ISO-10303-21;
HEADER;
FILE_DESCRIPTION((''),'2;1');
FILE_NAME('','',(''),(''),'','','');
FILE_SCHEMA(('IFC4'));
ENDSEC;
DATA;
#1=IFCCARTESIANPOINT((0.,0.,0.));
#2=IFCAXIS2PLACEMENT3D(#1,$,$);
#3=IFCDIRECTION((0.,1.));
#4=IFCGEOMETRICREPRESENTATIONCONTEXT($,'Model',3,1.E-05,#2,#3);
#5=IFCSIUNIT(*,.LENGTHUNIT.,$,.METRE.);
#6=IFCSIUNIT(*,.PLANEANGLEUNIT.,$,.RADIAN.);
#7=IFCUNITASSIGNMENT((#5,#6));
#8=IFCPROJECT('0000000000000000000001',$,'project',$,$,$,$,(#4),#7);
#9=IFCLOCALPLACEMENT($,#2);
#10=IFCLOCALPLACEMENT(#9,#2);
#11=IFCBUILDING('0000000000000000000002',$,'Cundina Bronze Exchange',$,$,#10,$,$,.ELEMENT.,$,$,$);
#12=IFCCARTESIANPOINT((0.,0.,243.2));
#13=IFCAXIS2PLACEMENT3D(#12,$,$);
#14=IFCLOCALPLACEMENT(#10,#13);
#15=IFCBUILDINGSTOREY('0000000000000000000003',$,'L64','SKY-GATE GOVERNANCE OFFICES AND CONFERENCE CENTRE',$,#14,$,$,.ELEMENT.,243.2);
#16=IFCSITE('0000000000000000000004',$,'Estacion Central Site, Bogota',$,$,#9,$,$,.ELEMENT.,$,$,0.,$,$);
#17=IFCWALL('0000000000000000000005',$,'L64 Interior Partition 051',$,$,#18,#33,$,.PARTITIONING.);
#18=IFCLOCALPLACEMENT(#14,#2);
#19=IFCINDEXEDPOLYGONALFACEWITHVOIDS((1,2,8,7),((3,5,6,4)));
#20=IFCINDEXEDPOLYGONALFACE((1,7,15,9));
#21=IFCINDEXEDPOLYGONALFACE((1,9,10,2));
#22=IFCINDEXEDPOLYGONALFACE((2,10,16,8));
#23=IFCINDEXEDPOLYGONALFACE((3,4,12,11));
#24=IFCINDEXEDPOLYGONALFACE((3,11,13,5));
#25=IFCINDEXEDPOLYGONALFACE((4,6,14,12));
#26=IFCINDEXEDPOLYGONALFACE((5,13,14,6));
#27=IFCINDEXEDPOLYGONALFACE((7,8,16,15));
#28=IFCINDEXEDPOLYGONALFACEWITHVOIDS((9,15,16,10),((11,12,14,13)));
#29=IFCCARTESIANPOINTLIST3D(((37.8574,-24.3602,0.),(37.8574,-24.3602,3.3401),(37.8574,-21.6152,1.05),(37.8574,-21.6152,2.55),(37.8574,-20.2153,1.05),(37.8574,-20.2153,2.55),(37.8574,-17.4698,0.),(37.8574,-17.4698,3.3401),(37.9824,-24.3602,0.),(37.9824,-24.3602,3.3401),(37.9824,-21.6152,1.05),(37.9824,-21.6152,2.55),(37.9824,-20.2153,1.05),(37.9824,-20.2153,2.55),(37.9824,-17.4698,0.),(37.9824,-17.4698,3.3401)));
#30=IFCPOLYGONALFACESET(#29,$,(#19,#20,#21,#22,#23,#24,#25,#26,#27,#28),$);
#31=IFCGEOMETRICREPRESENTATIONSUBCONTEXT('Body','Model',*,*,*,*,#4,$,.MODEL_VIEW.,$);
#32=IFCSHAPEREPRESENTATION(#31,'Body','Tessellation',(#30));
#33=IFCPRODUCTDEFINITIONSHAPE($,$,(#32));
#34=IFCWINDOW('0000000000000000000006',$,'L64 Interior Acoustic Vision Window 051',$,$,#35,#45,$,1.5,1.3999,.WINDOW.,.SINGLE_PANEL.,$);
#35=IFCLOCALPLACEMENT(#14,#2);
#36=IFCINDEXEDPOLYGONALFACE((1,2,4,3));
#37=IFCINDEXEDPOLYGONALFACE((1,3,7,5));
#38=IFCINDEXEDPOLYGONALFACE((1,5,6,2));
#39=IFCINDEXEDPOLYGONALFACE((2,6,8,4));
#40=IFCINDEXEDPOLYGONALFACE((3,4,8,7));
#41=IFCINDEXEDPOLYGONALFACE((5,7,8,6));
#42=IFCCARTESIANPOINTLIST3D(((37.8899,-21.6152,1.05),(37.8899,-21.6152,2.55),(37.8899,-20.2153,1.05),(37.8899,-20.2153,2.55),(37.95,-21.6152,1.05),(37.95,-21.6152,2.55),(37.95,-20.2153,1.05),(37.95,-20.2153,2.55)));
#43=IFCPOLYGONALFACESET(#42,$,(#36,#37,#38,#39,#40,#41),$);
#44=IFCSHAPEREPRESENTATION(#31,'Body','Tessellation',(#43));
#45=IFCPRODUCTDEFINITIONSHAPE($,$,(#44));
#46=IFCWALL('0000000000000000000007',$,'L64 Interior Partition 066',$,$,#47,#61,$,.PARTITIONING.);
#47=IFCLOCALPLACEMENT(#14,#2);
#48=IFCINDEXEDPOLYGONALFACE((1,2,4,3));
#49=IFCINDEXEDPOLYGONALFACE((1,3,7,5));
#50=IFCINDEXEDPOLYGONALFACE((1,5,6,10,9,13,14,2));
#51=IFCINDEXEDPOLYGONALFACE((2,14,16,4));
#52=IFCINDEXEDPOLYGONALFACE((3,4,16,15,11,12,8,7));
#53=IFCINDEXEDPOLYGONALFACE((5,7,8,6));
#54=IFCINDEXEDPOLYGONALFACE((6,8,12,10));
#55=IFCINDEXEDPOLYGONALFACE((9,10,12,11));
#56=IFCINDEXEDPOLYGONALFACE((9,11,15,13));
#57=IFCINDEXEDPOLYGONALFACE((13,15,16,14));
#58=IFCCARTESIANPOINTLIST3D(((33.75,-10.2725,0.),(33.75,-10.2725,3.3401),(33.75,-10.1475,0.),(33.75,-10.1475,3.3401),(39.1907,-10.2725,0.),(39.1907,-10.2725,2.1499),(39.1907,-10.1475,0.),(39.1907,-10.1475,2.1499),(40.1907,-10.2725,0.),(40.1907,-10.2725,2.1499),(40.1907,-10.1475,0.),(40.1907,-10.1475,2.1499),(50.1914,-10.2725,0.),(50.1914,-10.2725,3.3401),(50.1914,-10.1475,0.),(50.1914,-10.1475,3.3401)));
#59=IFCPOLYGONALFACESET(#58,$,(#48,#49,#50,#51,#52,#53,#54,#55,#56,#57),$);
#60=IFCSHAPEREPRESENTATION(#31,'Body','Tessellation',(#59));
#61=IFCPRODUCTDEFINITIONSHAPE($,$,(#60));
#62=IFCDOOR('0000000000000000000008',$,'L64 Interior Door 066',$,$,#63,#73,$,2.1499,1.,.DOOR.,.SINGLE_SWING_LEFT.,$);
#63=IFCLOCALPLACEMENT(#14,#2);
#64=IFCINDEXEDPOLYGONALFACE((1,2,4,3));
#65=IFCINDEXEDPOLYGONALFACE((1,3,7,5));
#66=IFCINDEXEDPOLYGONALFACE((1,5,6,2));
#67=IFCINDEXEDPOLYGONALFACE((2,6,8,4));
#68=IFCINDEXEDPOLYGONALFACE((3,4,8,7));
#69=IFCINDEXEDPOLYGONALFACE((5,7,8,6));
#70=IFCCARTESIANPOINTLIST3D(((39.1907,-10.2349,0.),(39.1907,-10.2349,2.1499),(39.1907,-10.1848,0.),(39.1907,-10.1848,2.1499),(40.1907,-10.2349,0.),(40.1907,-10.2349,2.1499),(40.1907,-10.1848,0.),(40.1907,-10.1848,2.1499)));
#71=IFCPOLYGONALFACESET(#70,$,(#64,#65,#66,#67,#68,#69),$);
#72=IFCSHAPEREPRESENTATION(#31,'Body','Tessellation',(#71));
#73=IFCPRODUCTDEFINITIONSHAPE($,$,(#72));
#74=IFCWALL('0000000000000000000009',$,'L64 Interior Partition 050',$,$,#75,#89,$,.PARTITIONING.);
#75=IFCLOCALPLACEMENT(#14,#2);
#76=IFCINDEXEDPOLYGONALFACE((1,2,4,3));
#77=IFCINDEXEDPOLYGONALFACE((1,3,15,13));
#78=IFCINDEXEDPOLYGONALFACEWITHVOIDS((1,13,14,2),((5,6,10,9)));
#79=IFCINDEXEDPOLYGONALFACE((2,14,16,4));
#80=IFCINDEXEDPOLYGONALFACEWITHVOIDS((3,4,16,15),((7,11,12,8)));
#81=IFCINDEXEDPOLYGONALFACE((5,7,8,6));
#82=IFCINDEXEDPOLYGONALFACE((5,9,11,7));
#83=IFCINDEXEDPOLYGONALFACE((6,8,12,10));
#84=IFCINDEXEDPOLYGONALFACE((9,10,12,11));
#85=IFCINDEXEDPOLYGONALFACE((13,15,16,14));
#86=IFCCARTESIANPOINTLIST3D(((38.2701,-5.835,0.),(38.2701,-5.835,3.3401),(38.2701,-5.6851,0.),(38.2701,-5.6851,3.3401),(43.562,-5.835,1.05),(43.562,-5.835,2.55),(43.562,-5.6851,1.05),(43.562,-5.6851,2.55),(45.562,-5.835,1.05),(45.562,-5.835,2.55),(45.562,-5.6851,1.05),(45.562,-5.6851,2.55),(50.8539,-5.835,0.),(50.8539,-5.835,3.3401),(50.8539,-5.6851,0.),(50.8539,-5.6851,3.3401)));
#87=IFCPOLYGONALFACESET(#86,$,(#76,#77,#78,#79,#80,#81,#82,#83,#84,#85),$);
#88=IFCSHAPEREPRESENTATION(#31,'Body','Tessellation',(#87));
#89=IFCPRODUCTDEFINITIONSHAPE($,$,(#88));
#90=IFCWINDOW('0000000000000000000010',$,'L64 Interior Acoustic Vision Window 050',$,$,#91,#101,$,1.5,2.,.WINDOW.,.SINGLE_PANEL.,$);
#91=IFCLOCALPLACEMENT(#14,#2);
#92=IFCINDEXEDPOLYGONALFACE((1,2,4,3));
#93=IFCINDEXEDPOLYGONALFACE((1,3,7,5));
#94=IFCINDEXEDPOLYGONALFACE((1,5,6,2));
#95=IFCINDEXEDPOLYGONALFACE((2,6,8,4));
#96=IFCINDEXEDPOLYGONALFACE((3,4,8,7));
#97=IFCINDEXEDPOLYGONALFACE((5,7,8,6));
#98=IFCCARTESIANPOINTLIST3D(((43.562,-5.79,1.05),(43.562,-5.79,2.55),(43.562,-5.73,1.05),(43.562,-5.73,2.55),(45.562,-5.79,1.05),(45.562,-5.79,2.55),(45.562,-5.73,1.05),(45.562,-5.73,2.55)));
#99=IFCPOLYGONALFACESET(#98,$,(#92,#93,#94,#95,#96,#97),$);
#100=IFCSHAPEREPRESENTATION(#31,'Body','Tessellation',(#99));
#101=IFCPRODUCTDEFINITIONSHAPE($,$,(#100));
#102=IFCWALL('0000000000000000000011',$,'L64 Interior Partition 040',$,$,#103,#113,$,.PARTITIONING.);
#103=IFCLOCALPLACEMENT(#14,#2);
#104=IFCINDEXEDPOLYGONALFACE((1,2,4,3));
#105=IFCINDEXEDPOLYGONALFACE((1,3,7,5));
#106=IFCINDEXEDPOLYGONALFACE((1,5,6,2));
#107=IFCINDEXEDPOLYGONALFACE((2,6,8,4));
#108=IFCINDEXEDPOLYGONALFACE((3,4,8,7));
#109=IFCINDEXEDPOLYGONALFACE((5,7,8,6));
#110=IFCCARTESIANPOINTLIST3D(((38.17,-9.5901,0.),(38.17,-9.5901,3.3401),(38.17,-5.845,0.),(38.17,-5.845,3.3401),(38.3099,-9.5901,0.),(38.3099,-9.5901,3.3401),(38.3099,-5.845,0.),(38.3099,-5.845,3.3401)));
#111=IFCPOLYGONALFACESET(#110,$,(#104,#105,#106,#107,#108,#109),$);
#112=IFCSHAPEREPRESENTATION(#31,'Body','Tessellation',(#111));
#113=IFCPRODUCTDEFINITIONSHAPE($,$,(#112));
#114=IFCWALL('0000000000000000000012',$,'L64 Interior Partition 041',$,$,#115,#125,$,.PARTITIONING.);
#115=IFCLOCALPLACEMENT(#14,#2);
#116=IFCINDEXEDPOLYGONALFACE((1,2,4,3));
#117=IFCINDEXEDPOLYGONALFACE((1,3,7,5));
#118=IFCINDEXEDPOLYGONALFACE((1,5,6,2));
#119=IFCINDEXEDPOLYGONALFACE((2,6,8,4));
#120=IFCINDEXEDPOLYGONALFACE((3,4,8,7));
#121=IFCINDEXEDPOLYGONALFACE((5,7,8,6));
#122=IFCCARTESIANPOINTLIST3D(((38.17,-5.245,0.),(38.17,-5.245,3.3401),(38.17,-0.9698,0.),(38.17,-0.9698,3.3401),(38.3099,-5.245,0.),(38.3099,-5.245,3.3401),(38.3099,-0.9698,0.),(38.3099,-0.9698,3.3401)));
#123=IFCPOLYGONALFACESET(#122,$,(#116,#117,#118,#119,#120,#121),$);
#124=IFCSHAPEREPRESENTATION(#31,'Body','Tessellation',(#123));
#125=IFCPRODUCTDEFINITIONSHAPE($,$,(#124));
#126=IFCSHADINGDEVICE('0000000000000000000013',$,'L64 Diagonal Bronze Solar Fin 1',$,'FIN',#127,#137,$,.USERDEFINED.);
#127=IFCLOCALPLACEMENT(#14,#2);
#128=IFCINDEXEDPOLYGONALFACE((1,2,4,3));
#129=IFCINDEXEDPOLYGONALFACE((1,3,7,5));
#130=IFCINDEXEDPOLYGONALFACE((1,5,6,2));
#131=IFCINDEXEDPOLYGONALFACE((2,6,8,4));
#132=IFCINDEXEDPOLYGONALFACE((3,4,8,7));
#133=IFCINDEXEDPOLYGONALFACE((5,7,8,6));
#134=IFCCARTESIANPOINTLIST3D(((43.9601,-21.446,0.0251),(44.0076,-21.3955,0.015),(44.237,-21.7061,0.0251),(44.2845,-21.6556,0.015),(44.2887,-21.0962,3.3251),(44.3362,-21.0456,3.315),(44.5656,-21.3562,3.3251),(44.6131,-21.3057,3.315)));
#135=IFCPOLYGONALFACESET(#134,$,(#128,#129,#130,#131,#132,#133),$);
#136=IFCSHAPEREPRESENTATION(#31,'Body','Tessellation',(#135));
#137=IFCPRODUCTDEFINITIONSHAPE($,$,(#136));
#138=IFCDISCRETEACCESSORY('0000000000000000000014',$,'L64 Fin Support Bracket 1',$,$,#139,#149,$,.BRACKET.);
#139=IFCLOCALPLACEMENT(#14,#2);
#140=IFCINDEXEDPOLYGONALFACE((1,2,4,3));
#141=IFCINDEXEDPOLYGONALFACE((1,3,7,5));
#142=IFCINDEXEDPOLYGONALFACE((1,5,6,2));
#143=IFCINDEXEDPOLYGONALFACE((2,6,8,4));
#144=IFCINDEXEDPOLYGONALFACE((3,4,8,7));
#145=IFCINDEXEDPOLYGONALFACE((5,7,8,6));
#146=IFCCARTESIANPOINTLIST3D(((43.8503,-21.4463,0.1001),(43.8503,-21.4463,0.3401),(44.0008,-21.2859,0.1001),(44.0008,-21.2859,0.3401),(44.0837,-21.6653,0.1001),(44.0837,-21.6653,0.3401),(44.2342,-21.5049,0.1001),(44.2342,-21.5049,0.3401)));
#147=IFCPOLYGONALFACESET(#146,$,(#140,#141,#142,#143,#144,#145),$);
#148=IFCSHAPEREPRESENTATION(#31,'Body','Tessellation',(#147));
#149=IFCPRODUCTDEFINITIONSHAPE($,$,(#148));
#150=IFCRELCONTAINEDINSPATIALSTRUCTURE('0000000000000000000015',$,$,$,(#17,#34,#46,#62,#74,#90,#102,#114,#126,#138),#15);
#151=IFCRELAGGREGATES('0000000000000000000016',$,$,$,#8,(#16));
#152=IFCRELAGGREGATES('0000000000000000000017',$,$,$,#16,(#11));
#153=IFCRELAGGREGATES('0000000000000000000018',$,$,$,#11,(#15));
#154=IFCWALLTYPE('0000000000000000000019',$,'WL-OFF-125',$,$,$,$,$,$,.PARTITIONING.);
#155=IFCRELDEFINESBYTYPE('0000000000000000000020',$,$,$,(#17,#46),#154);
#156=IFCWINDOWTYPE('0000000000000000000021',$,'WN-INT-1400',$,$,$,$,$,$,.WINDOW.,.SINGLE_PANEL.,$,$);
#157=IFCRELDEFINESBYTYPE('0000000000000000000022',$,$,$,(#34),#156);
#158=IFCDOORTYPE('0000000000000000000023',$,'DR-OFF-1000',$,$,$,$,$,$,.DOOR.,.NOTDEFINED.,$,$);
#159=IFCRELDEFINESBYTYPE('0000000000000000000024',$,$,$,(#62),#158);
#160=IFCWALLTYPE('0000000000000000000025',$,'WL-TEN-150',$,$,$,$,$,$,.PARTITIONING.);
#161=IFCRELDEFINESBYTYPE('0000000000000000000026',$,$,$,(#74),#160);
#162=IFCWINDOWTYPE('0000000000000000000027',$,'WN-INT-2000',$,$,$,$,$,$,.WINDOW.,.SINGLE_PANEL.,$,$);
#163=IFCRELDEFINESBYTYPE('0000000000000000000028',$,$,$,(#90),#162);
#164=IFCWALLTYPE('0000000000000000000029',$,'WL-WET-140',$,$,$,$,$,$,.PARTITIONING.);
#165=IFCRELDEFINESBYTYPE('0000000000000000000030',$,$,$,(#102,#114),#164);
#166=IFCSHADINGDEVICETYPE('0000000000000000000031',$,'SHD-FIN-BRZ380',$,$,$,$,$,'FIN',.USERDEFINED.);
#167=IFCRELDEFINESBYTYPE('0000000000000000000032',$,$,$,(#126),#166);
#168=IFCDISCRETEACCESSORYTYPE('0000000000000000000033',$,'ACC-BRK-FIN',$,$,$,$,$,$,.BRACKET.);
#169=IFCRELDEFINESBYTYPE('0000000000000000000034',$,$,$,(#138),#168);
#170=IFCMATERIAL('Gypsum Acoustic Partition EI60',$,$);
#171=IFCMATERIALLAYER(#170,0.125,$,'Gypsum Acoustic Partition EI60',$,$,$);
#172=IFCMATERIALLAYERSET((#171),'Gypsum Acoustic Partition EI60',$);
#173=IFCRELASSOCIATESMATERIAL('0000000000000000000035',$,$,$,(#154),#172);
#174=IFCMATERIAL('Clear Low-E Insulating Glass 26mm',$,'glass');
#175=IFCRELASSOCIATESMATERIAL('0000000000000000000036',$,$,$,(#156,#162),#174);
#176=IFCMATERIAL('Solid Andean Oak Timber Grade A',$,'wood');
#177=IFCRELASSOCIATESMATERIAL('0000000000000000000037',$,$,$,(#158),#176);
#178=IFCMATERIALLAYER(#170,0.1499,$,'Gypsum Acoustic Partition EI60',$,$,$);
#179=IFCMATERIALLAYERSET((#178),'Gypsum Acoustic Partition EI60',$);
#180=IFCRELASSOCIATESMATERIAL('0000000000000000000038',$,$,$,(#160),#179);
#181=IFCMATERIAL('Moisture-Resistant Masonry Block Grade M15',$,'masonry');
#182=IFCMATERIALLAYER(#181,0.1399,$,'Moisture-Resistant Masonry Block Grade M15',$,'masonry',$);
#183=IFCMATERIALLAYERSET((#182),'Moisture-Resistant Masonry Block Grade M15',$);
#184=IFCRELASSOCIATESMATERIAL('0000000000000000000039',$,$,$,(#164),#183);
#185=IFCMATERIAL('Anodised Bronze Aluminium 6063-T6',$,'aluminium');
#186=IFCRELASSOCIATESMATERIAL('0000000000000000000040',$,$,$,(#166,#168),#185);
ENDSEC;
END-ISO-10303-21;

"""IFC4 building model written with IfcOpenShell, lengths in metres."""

from ifc_helpers import new_model, si_unit, direction, frame, frame_2d, origin, origin_2d, place, context, subcontext, project, spatial, rectangle, extrude, material, layer, layer_set, material_profile, profile_set, type_object, element, fill, save


model = new_model("IFC4")

# Units and contexts
model_context = context("Model", 3, precision=1e-05, world=origin(), true_north=direction((0.0, 1.0)))
body_context = subcontext(model_context, "Body", "Model", "MODEL_VIEW")
ifc_project = project(units=[si_unit("LENGTHUNIT", "METRE"), si_unit("PLANEANGLEUNIT", "RADIAN")], contexts=[model_context])

# Site, building, storey
site_placement = place(None, origin())
site = spatial("IfcSite", under=ifc_project, at=site_placement, Name="Estacion Central Site, Bogota", CompositionType="ELEMENT", RefElevation=0.0)
building_placement = place(site_placement, origin())
building = spatial("IfcBuilding", under=site, at=building_placement, Name="Cundina Bronze Exchange", CompositionType="ELEMENT")
storey_placement = place(building_placement, frame((0.0, 0.0, 243.2)))
storey = spatial("IfcBuildingStorey", under=building, at=storey_placement, Name="L64", Description="SKY-GATE GOVERNANCE OFFICES AND CONFERENCE CENTRE", CompositionType="ELEMENT", Elevation=243.2)

# Shared definitions
ifc_material_1 = material(Name="Anodised Bronze Aluminium 6063-T6", Category="aluminium")

# Wall, opening, window
ifc_material_2 = material(Name="Gypsum Acoustic Partition EI60")
ifc_layer_1 = layer(ifc_material_2, 0.125, Name="Gypsum Acoustic Partition EI60")
ifc_layer_set_1 = layer_set([ifc_layer_1], Name="Gypsum Acoustic Partition EI60")
wall_type_1 = type_object("IfcWallType", Name="WL-OFF-125", PredefinedType="PARTITIONING", material=ifc_layer_set_1)
wall_1_placement = place(storey_placement, frame((37.9199, -24.3604, 0.0), z_axis=(0.0, 0.0, 1.0), x_axis=(0.0, 1.0, 0.0)))
wall_1 = element("IfcWall", 1, at=wall_1_placement, inside=storey, type_object=wall_type_1, Name="L64 Interior Partition 051", PredefinedType="PARTITIONING", context=body_context, shape_type="SweptSolid", body=[
    extrude(rectangle(XDim=6.8904, YDim=0.125, at=frame_2d((3.4453, 0.0))), origin(), (0.0, 0.0, 1.0), 3.3401),
])
opening_1_placement = place(wall_1_placement, frame((2.7451, 0.0, 1.05)))
opening_1 = element("IfcOpeningElement", 2, at=opening_1_placement, cuts=wall_1, PredefinedType="OPENING", context=body_context, shape_type="SweptSolid", body=[
    extrude(rectangle(XDim=1.3999, YDim=1.5, at=frame_2d((0.7, 0.75))), frame((0.0, 0.0725, 0.0), z_axis=(0.0, -1.0, 0.0), x_axis=(1.0, 0.0, 0.0)), (0.0, 0.0, 1.0), 0.145),
])
ifc_material_3 = material(Name="Clear Low-E Insulating Glass 26mm", Category="glass")
window_type_1 = type_object("IfcWindowType", Name="WN-INT-1400", PartitioningType="SINGLE_PANEL", PredefinedType="WINDOW", material=ifc_material_3)
window_1_placement = place(opening_1_placement, origin())
window_1 = element("IfcWindow", 3, at=window_1_placement, inside=storey, type_object=window_type_1, Name="L64 Interior Acoustic Vision Window 051", OverallHeight=1.5, OverallWidth=1.3999, PartitioningType="SINGLE_PANEL", PredefinedType="WINDOW", context=body_context, shape_type="SweptSolid", body=[
    extrude(rectangle(XDim=1.3999, YDim=1.5, at=frame_2d((0.7, 0.75))), frame((0.0, 0.03, 0.0), z_axis=(0.0, -1.0, 0.0), x_axis=(1.0, 0.0, 0.0)), (0.0, 0.0, 1.0), 0.0601),
])
fill(opening_1, window_1)

# Wall, opening, door
wall_2_placement = place(storey_placement, frame((50.1914, -10.21, 0.0), z_axis=(0.0, 0.0, 1.0), x_axis=(-1.0, 0.0, 0.0)))
wall_2 = element("IfcWall", 4, at=wall_2_placement, inside=storey, type_object=wall_type_1, Name="L64 Interior Partition 066", PredefinedType="PARTITIONING", context=body_context, shape_type="SweptSolid", body=[
    extrude(rectangle(XDim=16.4414, YDim=0.125, at=frame_2d((8.2207, 0.0))), origin(), (0.0, 0.0, 1.0), 3.3401),
])
opening_2_placement = place(wall_2_placement, frame((10.0007, 0.0, 0.0)))
opening_2 = element("IfcOpeningElement", 5, at=opening_2_placement, cuts=wall_2, PredefinedType="OPENING", context=body_context, shape_type="SweptSolid", body=[
    extrude(rectangle(XDim=1.0, YDim=2.1499, at=frame_2d((0.5, 1.075))), frame((0.0, 0.0725, 0.0), z_axis=(0.0, -1.0, 0.0), x_axis=(1.0, 0.0, 0.0)), (0.0, 0.0, 1.0), 0.145),
])
ifc_material_4 = material(Name="Solid Andean Oak Timber Grade A", Category="wood")
door_type = type_object("IfcDoorType", Name="DR-OFF-1000", OperationType="NOTDEFINED", PredefinedType="DOOR", material=ifc_material_4)
door_placement = place(opening_2_placement, origin())
door = element("IfcDoor", 6, at=door_placement, inside=storey, type_object=door_type, Name="L64 Interior Door 066", OperationType="SINGLE_SWING_LEFT", OverallHeight=2.1499, OverallWidth=1.0, PredefinedType="DOOR", context=body_context, shape_type="SweptSolid", body=[
    extrude(rectangle(XDim=1.0, YDim=2.1499, at=frame_2d((0.5, 1.075))), frame((0.0, 0.0249, 0.0), z_axis=(0.0, -1.0, 0.0), x_axis=(1.0, 0.0, 0.0)), (0.0, 0.0, 1.0), 0.05),
])
fill(opening_2, door)

# Wall, opening, window
ifc_layer_2 = layer(ifc_material_2, 0.1499, Name="Gypsum Acoustic Partition EI60")
ifc_layer_set_2 = layer_set([ifc_layer_2], Name="Gypsum Acoustic Partition EI60")
wall_type_2 = type_object("IfcWallType", Name="WL-TEN-150", PredefinedType="PARTITIONING", material=ifc_layer_set_2)
wall_3_placement = place(storey_placement, frame((38.27, -5.76, 0.0), z_axis=(0.0, 0.0, 1.0), x_axis=(1.0, 0.0, 0.0)))
wall_3 = element("IfcWall", 7, at=wall_3_placement, inside=storey, type_object=wall_type_2, Name="L64 Interior Partition 050", PredefinedType="PARTITIONING", context=body_context, shape_type="SweptSolid", body=[
    extrude(rectangle(XDim=12.5837, YDim=0.1499, at=frame_2d((6.292, 0.0))), origin(), (0.0, 0.0, 1.0), 3.3401),
])
opening_3_placement = place(wall_3_placement, frame((5.292, 0.0, 1.05)))
opening_3 = element("IfcOpeningElement", 8, at=opening_3_placement, cuts=wall_3, PredefinedType="OPENING", context=body_context, shape_type="SweptSolid", body=[
    extrude(rectangle(XDim=2.0, YDim=1.5, at=frame_2d((1.0, 0.75))), frame((0.0, 0.085, 0.0), z_axis=(0.0, -1.0, 0.0), x_axis=(1.0, 0.0, 0.0)), (0.0, 0.0, 1.0), 0.1699),
])
window_type_2 = type_object("IfcWindowType", Name="WN-INT-2000", PartitioningType="SINGLE_PANEL", PredefinedType="WINDOW", material=ifc_material_3)
window_2_placement = place(opening_3_placement, origin())
window_2 = element("IfcWindow", 9, at=window_2_placement, inside=storey, type_object=window_type_2, Name="L64 Interior Acoustic Vision Window 050", OverallHeight=1.5, OverallWidth=2.0, PartitioningType="SINGLE_PANEL", PredefinedType="WINDOW", context=body_context, shape_type="SweptSolid", body=[
    extrude(rectangle(XDim=2.0, YDim=1.5, at=frame_2d((1.0, 0.75))), frame((0.0, 0.03, 0.0), z_axis=(0.0, -1.0, 0.0), x_axis=(1.0, 0.0, 0.0)), (0.0, 0.0, 1.0), 0.0601),
])
fill(opening_3, window_2)

# Walls
ifc_material_5 = material(Name="Moisture-Resistant Masonry Block Grade M15", Category="masonry")
ifc_layer_3 = layer(ifc_material_5, 0.1399, Name="Moisture-Resistant Masonry Block Grade M15", Category="masonry")
ifc_layer_set_3 = layer_set([ifc_layer_3], Name="Moisture-Resistant Masonry Block Grade M15")
wall_type_3 = type_object("IfcWallType", Name="WL-WET-140", PredefinedType="PARTITIONING", material=ifc_layer_set_3)
wall_4_placement = place(storey_placement, frame((38.24, -9.5901, 0.0), z_axis=(0.0, 0.0, 1.0), x_axis=(0.0, 1.0, 0.0)))
element("IfcWall", 10, at=wall_4_placement, inside=storey, type_object=wall_type_3, Name="L64 Interior Partition 040", PredefinedType="PARTITIONING", context=body_context, shape_type="SweptSolid", body=[
    extrude(rectangle(XDim=3.7451, YDim=0.1399, at=frame_2d((1.8726, 0.0))), origin(), (0.0, 0.0, 1.0), 3.3401),
])
wall_5_placement = place(storey_placement, frame((38.24, -5.2451, 0.0), z_axis=(0.0, 0.0, 1.0), x_axis=(0.0, 1.0, 0.0)))
element("IfcWall", 11, at=wall_5_placement, inside=storey, type_object=wall_type_3, Name="L64 Interior Partition 041", PredefinedType="PARTITIONING", context=body_context, shape_type="SweptSolid", body=[
    extrude(rectangle(XDim=4.2751, YDim=0.1399, at=frame_2d((2.1377, 0.0))), origin(), (0.0, 0.0, 1.0), 3.3401),
])

# Shading device
ifc_material_profile_1 = material_profile(ifc_material_1, rectangle(XDim=0.0701, YDim=0.3799, at=origin_2d()), Name="FIN70X380", Category="aluminium")
ifc_profile_set_1 = profile_set([ifc_material_profile_1], Name="Anodised Bronze Aluminium 6063-T6")
shading_device_type = type_object("IfcShadingDeviceType", Name="SHD-FIN-BRZ380", ElementType="FIN", PredefinedType="USERDEFINED", material=ifc_profile_set_1)
shading_device_placement = place(storey_placement, frame((44.1223, -21.5508, 0.02), z_axis=(0.098541, 0.104911, 0.989587), x_axis=(-0.677506, -0.721297, 0.143933)))
element("IfcShadingDevice", 12, at=shading_device_placement, inside=storey, type_object=shading_device_type, Name="L64 Diagonal Bronze Solar Fin 1", ObjectType="FIN", PredefinedType="USERDEFINED", context=body_context, shape_type="SweptSolid", body=[
    extrude(rectangle(XDim=0.0701, YDim=0.3799, at=origin_2d()), origin(), (0.0, 0.0, 1.0), 3.3347),
])

# Discrete accessory
discrete_accessory_type = type_object("IfcDiscreteAccessoryType", Name="ACC-BRK-FIN", PredefinedType="BRACKET", material=ifc_material_1)
discrete_accessory_placement = place(storey_placement, frame((44.0422, -21.4756, 0.1001), z_axis=(0.0, 0.0, 1.0), x_axis=(0.684344, 0.72916, 0.0)))
element("IfcDiscreteAccessory", 13, at=discrete_accessory_placement, inside=storey, type_object=discrete_accessory_type, Name="L64 Fin Support Bracket 1", PredefinedType="BRACKET", context=body_context, shape_type="SweptSolid", body=[
    extrude(rectangle(XDim=0.22, YDim=0.3201, at=origin_2d()), origin(), (0.0, 0.0, 1.0), 0.24),
])

save(model, "model.ifc")
